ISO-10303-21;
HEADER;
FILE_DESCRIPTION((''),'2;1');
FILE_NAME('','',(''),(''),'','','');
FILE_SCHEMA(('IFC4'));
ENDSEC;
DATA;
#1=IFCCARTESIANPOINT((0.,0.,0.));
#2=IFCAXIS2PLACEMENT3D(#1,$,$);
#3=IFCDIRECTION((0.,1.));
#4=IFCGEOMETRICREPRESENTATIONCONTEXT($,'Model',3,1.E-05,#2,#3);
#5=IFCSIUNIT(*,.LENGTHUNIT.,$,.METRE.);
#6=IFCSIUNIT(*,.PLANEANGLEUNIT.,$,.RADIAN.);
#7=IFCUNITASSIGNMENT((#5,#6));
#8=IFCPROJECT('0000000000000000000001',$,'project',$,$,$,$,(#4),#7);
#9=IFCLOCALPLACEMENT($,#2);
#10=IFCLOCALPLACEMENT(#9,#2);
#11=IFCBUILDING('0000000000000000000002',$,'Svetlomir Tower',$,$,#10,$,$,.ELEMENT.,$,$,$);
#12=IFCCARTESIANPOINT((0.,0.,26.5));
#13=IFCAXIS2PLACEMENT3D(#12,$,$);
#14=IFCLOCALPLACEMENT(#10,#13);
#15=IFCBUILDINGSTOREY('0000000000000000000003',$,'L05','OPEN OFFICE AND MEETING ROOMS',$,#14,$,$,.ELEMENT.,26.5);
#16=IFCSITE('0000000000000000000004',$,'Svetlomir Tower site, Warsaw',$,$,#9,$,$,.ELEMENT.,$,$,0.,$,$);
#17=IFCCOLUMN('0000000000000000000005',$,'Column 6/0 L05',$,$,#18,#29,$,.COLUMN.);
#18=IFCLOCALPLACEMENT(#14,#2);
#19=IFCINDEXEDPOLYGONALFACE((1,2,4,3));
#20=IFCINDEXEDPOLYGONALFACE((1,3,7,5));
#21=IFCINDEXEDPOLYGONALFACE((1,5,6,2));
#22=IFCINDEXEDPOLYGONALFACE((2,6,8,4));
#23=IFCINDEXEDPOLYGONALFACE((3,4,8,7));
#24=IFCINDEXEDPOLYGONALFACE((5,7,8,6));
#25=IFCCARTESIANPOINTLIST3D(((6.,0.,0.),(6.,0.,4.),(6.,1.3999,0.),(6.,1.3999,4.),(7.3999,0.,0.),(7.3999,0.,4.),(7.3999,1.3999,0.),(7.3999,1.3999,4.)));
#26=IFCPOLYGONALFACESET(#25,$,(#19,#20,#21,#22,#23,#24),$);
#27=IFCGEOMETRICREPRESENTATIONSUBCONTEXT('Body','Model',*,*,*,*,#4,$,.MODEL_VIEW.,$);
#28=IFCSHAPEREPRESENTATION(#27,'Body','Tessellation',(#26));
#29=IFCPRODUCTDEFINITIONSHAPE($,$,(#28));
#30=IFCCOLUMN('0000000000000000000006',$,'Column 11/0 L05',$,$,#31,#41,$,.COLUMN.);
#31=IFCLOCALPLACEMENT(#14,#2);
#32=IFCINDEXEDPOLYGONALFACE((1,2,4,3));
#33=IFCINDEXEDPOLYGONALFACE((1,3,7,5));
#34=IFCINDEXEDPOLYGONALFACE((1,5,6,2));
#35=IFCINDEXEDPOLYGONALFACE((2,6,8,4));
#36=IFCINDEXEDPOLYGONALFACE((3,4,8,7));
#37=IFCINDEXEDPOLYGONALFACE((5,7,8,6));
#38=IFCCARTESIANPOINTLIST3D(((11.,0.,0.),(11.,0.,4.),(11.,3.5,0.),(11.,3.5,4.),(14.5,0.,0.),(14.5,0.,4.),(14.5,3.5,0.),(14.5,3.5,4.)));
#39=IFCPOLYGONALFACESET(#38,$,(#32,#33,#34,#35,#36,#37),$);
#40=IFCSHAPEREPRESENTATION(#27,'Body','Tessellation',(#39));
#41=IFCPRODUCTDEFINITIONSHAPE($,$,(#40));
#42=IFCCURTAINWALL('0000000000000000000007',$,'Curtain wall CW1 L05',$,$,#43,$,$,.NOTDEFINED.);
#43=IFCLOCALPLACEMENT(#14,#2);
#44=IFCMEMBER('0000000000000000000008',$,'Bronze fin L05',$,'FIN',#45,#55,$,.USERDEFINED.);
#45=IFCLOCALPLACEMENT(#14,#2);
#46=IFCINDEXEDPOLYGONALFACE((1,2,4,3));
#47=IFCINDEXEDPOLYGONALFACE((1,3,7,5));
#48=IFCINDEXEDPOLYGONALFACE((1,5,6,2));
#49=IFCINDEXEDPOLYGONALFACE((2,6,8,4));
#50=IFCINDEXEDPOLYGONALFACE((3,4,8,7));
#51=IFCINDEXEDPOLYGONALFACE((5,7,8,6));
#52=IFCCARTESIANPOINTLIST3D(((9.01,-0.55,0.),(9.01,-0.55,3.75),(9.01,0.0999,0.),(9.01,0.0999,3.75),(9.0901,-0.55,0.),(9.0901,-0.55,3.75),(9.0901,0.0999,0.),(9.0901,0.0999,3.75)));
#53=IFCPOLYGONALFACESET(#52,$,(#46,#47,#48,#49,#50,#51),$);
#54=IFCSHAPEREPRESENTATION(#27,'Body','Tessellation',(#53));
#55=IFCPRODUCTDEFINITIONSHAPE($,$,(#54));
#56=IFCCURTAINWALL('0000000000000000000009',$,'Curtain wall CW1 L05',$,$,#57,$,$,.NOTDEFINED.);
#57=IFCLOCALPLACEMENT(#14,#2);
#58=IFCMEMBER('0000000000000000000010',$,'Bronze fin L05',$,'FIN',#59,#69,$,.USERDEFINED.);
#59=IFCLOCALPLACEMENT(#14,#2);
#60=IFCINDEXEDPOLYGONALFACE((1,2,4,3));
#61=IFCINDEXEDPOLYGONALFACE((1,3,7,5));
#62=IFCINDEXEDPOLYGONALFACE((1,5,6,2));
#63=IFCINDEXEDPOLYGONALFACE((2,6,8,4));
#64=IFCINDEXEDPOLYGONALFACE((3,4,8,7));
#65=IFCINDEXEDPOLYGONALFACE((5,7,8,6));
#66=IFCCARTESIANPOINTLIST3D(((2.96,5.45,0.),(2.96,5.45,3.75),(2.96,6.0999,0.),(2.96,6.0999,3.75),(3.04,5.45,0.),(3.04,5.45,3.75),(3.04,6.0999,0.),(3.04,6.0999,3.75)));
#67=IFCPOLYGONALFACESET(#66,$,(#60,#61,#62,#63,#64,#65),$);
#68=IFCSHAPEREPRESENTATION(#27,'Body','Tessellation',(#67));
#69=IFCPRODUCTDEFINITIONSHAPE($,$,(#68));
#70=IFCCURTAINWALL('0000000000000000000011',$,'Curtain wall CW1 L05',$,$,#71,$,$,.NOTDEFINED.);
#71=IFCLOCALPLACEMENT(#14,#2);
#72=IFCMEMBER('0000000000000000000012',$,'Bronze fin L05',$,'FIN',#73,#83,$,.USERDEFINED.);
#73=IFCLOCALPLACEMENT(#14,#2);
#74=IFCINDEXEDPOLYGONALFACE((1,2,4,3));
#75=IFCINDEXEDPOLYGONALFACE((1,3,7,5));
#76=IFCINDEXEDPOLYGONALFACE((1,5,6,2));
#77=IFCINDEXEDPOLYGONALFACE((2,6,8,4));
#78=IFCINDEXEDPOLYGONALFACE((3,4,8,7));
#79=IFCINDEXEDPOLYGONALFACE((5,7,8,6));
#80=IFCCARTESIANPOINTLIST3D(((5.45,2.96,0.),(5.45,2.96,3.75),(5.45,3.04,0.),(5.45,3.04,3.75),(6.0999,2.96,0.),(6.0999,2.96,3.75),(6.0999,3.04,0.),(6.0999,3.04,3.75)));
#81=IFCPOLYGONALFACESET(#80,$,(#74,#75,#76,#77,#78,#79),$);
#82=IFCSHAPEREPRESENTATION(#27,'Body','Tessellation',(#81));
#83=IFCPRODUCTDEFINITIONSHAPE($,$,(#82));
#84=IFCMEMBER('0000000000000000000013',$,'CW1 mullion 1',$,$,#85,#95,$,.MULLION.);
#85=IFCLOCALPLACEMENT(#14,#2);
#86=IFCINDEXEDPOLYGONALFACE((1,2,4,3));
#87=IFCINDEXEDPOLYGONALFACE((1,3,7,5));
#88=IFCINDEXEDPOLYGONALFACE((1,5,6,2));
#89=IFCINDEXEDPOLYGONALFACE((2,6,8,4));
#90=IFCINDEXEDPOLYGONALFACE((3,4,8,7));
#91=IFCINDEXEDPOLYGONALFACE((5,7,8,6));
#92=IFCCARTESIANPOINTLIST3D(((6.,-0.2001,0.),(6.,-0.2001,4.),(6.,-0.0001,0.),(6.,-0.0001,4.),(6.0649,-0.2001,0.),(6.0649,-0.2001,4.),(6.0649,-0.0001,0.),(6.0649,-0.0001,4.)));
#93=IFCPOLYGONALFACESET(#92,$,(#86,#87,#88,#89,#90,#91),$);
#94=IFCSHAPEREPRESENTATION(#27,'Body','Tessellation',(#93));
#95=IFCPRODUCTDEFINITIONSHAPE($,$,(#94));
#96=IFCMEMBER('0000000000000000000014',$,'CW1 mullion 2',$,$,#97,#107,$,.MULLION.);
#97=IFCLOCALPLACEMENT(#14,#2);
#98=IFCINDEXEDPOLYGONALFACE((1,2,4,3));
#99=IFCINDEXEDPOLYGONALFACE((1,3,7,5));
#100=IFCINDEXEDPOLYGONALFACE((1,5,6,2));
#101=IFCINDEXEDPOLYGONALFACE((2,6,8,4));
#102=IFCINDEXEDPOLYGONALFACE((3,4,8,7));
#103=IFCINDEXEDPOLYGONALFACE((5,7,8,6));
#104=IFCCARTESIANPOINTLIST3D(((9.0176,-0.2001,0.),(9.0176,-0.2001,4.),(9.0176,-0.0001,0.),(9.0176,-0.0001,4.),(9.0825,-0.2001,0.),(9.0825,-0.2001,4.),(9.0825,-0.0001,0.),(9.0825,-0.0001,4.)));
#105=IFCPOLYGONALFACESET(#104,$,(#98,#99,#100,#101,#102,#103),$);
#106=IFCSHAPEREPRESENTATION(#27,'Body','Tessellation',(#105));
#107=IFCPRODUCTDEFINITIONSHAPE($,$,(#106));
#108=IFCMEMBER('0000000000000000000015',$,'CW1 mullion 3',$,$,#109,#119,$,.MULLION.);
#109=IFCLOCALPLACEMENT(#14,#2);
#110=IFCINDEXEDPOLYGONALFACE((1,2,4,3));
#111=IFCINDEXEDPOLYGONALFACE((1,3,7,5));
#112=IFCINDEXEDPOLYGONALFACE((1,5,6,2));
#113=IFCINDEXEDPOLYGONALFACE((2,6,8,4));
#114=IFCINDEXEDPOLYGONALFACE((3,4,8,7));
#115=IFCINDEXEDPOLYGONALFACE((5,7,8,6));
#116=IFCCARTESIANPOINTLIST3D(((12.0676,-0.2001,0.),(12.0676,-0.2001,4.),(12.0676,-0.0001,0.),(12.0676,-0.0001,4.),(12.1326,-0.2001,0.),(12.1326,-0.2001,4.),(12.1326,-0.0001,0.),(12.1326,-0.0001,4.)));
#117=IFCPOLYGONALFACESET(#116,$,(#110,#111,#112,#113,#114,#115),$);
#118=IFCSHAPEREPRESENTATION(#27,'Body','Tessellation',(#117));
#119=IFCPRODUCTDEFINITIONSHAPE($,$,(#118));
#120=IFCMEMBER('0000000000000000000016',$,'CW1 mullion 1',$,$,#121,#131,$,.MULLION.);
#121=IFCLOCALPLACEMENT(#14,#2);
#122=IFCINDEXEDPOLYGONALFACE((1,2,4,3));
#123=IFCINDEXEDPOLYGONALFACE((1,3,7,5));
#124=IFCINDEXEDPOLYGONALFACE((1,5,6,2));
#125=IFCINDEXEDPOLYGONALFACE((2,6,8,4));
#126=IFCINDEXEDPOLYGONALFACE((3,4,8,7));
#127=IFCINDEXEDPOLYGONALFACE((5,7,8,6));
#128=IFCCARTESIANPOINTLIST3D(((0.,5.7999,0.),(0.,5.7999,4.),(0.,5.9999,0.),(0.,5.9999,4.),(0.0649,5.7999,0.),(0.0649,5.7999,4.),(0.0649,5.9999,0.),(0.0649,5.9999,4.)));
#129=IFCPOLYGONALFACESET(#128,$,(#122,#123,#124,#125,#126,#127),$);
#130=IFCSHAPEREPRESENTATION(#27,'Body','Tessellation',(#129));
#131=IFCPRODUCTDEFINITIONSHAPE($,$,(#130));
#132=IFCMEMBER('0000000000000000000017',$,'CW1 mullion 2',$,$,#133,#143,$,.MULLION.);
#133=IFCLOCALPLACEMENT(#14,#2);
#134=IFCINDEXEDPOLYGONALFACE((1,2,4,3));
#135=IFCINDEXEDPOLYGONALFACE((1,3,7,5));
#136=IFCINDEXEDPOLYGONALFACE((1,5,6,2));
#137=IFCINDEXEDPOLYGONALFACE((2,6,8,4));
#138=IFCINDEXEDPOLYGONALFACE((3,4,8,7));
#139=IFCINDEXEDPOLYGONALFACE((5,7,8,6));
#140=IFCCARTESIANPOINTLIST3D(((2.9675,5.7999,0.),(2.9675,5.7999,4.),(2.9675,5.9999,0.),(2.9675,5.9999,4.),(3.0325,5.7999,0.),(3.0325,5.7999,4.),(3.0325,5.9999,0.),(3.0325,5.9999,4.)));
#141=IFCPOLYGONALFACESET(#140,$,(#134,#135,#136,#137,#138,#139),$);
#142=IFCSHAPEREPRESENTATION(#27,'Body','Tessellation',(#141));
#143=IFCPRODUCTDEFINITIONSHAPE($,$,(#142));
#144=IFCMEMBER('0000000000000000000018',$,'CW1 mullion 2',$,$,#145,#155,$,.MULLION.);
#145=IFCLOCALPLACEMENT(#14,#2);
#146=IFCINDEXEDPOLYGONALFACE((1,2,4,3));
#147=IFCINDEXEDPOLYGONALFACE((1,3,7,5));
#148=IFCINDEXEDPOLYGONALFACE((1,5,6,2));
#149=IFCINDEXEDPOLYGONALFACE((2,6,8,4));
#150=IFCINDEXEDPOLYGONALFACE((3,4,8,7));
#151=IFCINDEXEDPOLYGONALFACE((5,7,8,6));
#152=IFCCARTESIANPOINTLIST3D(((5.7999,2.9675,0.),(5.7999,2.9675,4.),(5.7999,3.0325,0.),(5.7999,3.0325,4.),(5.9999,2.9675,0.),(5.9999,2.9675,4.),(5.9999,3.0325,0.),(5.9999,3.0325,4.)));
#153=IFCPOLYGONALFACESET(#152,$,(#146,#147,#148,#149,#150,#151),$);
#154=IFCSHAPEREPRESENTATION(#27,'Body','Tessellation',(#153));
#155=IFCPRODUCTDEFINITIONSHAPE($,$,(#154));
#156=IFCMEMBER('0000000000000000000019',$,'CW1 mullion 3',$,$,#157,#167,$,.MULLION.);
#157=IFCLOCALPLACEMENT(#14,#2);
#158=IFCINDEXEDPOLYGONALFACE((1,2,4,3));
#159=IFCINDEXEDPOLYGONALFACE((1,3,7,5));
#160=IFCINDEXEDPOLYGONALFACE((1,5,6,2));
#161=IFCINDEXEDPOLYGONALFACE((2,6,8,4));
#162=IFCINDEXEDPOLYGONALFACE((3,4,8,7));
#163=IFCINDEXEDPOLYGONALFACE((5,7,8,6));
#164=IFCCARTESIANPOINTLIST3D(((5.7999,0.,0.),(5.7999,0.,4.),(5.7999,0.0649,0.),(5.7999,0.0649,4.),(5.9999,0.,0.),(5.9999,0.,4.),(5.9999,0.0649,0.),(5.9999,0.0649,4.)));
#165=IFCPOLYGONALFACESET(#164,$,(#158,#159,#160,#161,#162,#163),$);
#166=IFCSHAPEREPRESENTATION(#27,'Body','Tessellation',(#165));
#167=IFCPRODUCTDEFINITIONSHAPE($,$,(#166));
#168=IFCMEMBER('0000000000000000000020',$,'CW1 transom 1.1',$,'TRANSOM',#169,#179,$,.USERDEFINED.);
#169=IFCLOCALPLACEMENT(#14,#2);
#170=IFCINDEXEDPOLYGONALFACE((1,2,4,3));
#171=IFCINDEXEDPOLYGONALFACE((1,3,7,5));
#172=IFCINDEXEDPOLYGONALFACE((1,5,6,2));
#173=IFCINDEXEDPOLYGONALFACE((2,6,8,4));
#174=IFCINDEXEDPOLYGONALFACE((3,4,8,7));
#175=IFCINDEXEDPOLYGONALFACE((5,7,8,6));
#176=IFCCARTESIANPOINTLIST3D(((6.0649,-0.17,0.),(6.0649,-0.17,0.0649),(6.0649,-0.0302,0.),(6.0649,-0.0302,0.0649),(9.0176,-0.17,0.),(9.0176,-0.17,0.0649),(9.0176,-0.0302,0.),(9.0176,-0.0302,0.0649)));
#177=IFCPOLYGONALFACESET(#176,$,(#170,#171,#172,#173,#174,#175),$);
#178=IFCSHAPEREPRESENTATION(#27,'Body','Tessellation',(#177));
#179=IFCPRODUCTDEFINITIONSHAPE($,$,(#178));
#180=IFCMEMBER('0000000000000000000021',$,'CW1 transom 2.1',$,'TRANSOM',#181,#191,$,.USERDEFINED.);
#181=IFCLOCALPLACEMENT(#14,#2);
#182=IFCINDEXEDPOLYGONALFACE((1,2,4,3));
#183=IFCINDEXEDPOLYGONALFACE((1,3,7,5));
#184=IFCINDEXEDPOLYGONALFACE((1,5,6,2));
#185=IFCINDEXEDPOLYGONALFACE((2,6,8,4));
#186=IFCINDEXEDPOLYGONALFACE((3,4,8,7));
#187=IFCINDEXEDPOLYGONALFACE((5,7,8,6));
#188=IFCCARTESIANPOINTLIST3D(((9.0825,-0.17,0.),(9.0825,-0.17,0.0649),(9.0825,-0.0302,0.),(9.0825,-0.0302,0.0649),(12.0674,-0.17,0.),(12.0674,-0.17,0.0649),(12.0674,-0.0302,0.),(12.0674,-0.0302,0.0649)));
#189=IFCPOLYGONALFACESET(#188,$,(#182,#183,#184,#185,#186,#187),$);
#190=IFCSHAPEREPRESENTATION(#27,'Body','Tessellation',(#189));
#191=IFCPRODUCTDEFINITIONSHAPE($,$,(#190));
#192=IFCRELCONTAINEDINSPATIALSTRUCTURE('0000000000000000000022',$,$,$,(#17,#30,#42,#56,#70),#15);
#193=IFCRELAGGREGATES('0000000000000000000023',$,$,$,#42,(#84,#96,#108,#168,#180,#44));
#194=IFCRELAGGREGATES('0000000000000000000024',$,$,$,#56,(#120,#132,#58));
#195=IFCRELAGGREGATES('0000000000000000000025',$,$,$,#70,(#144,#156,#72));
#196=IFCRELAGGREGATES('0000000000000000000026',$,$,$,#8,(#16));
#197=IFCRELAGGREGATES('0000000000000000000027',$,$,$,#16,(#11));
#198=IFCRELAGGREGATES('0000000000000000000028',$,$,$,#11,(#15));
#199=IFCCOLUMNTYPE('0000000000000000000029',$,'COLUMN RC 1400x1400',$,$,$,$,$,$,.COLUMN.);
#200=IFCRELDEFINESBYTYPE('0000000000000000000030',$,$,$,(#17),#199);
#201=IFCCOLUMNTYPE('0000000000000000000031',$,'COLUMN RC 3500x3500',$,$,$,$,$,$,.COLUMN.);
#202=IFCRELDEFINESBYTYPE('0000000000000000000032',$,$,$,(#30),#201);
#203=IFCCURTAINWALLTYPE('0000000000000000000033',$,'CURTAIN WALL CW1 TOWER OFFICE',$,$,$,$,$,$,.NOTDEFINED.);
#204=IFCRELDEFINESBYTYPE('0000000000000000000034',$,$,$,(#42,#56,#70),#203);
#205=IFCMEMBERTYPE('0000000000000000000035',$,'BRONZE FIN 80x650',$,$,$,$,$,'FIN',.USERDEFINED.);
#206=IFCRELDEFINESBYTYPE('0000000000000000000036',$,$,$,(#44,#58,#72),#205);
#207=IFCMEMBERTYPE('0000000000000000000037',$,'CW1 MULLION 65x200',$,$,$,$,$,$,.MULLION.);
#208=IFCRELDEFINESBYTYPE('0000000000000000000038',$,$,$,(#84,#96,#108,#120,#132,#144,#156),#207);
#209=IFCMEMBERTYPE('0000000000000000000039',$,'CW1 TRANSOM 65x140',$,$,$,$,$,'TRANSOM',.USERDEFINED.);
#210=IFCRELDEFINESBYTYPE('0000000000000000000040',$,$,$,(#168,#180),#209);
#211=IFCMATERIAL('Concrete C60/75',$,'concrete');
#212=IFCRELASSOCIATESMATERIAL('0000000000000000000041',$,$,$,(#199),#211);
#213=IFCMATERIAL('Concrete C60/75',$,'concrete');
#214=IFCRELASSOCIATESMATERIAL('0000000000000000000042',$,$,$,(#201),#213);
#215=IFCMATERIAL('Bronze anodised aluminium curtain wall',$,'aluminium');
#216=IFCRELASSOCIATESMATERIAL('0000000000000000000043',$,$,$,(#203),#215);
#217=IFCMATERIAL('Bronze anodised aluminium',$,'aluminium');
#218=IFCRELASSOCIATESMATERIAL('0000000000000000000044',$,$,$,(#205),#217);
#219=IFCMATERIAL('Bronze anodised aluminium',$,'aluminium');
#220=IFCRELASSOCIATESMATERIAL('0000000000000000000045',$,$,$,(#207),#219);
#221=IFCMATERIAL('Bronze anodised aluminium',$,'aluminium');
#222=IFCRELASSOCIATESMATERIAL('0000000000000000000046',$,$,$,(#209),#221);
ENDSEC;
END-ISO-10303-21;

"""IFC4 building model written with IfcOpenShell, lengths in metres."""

from ifc_helpers import new_model, si_unit, direction, frame, origin, origin_2d, place, context, subcontext, project, spatial, rectangle, extrude, material, material_profile, profile_set, type_object, element, aggregate, save


model = new_model("IFC4")

# Units and contexts
model_context = context("Model", 3, precision=1e-05, world=origin(), true_north=direction((0.0, 1.0)))
body_context = subcontext(model_context, "Body", "Model", "MODEL_VIEW")
ifc_project = project(units=[si_unit("LENGTHUNIT", "METRE"), si_unit("PLANEANGLEUNIT", "RADIAN")], contexts=[model_context])

# Site, building, storey
site_placement = place(None, origin())
site = spatial("IfcSite", under=ifc_project, at=site_placement, Name="Svetlomir Tower site, Warsaw", CompositionType="ELEMENT", RefElevation=0.0)
building_placement = place(site_placement, origin())
building = spatial("IfcBuilding", under=site, at=building_placement, Name="Svetlomir Tower", CompositionType="ELEMENT")
storey_placement = place(building_placement, frame((0.0, 0.0, 26.5)))
storey = spatial("IfcBuildingStorey", under=building, at=storey_placement, Name="L05", Description="OPEN OFFICE AND MEETING ROOMS", CompositionType="ELEMENT", Elevation=26.5)

# Columns
ifc_material_1 = material(Name="Concrete C60/75", Category="concrete")
ifc_material_profile_1 = material_profile(ifc_material_1, rectangle(XDim=1.3999, YDim=1.3999, at=origin_2d()), Name="RC 1400x1400")
ifc_profile_set_1 = profile_set([ifc_material_profile_1], Name="Concrete C60/75")
column_type_1 = type_object("IfcColumnType", Name="COLUMN RC 1400x1400", PredefinedType="COLUMN", material=ifc_profile_set_1)
column_1_placement = place(storey_placement, frame((6.7, 0.7, 0.0), z_axis=(0.0, 0.0, 1.0), x_axis=(1.0, 0.0, 0.0)))
element("IfcColumn", 1, at=column_1_placement, inside=storey, type_object=column_type_1, Name="Column 6/0 L05", PredefinedType="COLUMN", context=body_context, shape_type="SweptSolid", body=[
    extrude(rectangle(XDim=1.3999, YDim=1.3999, at=origin_2d()), origin(), (0.0, 0.0, 1.0), 4.0),
])
ifc_material_2 = material(Name="Concrete C60/75", Category="concrete")
ifc_material_profile_2 = material_profile(ifc_material_2, rectangle(XDim=3.5, YDim=3.5, at=origin_2d()), Name="RC 3500x3500")
ifc_profile_set_2 = profile_set([ifc_material_profile_2], Name="Concrete C60/75")
column_type_2 = type_object("IfcColumnType", Name="COLUMN RC 3500x3500", PredefinedType="COLUMN", material=ifc_profile_set_2)
column_2_placement = place(storey_placement, frame((12.75, 1.75, 0.0), z_axis=(0.0, 0.0, 1.0), x_axis=(1.0, 0.0, 0.0)))
element("IfcColumn", 2, at=column_2_placement, inside=storey, type_object=column_type_2, Name="Column 11/0 L05", PredefinedType="COLUMN", context=body_context, shape_type="SweptSolid", body=[
    extrude(rectangle(XDim=3.5, YDim=3.5, at=origin_2d()), origin(), (0.0, 0.0, 1.0), 4.0),
])

# Curtain walls, members
ifc_material_3 = material(Name="Bronze anodised aluminium curtain wall", Category="aluminium")
curtain_wall_type = type_object("IfcCurtainWallType", Name="CURTAIN WALL CW1 TOWER OFFICE", PredefinedType="NOTDEFINED", material=ifc_material_3)
curtain_wall_1_placement = place(storey_placement, origin())
curtain_wall_1 = element("IfcCurtainWall", 3, at=curtain_wall_1_placement, inside=storey, type_object=curtain_wall_type, Name="Curtain wall CW1 L05", PredefinedType="NOTDEFINED")
ifc_material_4 = material(Name="Bronze anodised aluminium", Category="aluminium")
ifc_material_profile_3 = material_profile(ifc_material_4, rectangle(XDim=0.0801, YDim=0.6499, at=origin_2d()), Name="FIN 80x650")
ifc_profile_set_3 = profile_set([ifc_material_profile_3], Name="Bronze anodised aluminium 6063-T6")
member_type_1 = type_object("IfcMemberType", Name="BRONZE FIN 80x650", ElementType="FIN", PredefinedType="USERDEFINED", material=ifc_profile_set_3)
member_1_placement = place(storey_placement, frame((9.05, -0.2251, 0.0), z_axis=(0.0, 0.0, 1.0), x_axis=(1.0, 0.0, 0.0)))
member_1 = element("IfcMember", 4, at=member_1_placement, type_object=member_type_1, Name="Bronze fin L05", ObjectType="FIN", PredefinedType="USERDEFINED", context=body_context, shape_type="SweptSolid", body=[
    extrude(rectangle(XDim=0.0801, YDim=0.6499, at=origin_2d()), origin(), (0.0, 0.0, 1.0), 3.75),
])
curtain_wall_2_placement = place(storey_placement, origin())
curtain_wall_2 = element("IfcCurtainWall", 5, at=curtain_wall_2_placement, inside=storey, type_object=curtain_wall_type, Name="Curtain wall CW1 L05", PredefinedType="NOTDEFINED")
member_2_placement = place(storey_placement, frame((3.0, 5.7749, 0.0), z_axis=(0.0, 0.0, 1.0), x_axis=(1.0, 0.0, 0.0)))
member_2 = element("IfcMember", 6, at=member_2_placement, type_object=member_type_1, Name="Bronze fin L05", ObjectType="FIN", PredefinedType="USERDEFINED", context=body_context, shape_type="SweptSolid", body=[
    extrude(rectangle(XDim=0.0801, YDim=0.6499, at=origin_2d()), origin(), (0.0, 0.0, 1.0), 3.75),
])
curtain_wall_3_placement = place(storey_placement, origin())
curtain_wall_3 = element("IfcCurtainWall", 7, at=curtain_wall_3_placement, inside=storey, type_object=curtain_wall_type, Name="Curtain wall CW1 L05", PredefinedType="NOTDEFINED")
member_3_placement = place(storey_placement, frame((5.7749, 3.0, 0.0), z_axis=(0.0, 0.0, 1.0), x_axis=(0.0, 1.0, 0.0)))
member_3 = element("IfcMember", 8, at=member_3_placement, type_object=member_type_1, Name="Bronze fin L05", ObjectType="FIN", PredefinedType="USERDEFINED", context=body_context, shape_type="SweptSolid", body=[
    extrude(rectangle(XDim=0.0801, YDim=0.6499, at=origin_2d()), origin(), (0.0, 0.0, 1.0), 3.75),
])

# Members
ifc_material_5 = material(Name="Bronze anodised aluminium", Category="aluminium")
ifc_material_profile_4 = material_profile(ifc_material_5, rectangle(XDim=0.0649, YDim=0.2, at=origin_2d()), Name="AL 65x200")
ifc_profile_set_4 = profile_set([ifc_material_profile_4], Name="Bronze anodised aluminium 6063-T6")
member_type_2 = type_object("IfcMemberType", Name="CW1 MULLION 65x200", PredefinedType="MULLION", material=ifc_profile_set_4)
member_4_placement = place(storey_placement, frame((6.0325, -0.1001, 0.0), z_axis=(0.0, 0.0, 1.0), x_axis=(1.0, 0.0, 0.0)))
member_4 = element("IfcMember", 9, at=member_4_placement, type_object=member_type_2, Name="CW1 mullion 1", PredefinedType="MULLION", context=body_context, shape_type="SweptSolid", body=[
    extrude(rectangle(XDim=0.0649, YDim=0.2, at=origin_2d()), origin(), (0.0, 0.0, 1.0), 4.0),
])
member_5_placement = place(storey_placement, frame((9.05, -0.1001, 0.0), z_axis=(0.0, 0.0, 1.0), x_axis=(1.0, 0.0, 0.0)))
member_5 = element("IfcMember", 10, at=member_5_placement, type_object=member_type_2, Name="CW1 mullion 2", PredefinedType="MULLION", context=body_context, shape_type="SweptSolid", body=[
    extrude(rectangle(XDim=0.0649, YDim=0.2, at=origin_2d()), origin(), (0.0, 0.0, 1.0), 4.0),
])
member_6_placement = place(storey_placement, frame((12.1001, -0.1001, 0.0), z_axis=(0.0, 0.0, 1.0), x_axis=(1.0, 0.0, 0.0)))
member_6 = element("IfcMember", 11, at=member_6_placement, type_object=member_type_2, Name="CW1 mullion 3", PredefinedType="MULLION", context=body_context, shape_type="SweptSolid", body=[
    extrude(rectangle(XDim=0.0649, YDim=0.2, at=origin_2d()), origin(), (0.0, 0.0, 1.0), 4.0),
])
member_7_placement = place(storey_placement, frame((0.0325, 5.8999, 0.0), z_axis=(0.0, 0.0, 1.0), x_axis=(1.0, 0.0, 0.0)))
member_7 = element("IfcMember", 12, at=member_7_placement, type_object=member_type_2, Name="CW1 mullion 1", PredefinedType="MULLION", context=body_context, shape_type="SweptSolid", body=[
    extrude(rectangle(XDim=0.0649, YDim=0.2, at=origin_2d()), origin(), (0.0, 0.0, 1.0), 4.0),
])
member_8_placement = place(storey_placement, frame((3.0, 5.8999, 0.0), z_axis=(0.0, 0.0, 1.0), x_axis=(1.0, 0.0, 0.0)))
member_8 = element("IfcMember", 13, at=member_8_placement, type_object=member_type_2, Name="CW1 mullion 2", PredefinedType="MULLION", context=body_context, shape_type="SweptSolid", body=[
    extrude(rectangle(XDim=0.0649, YDim=0.2, at=origin_2d()), origin(), (0.0, 0.0, 1.0), 4.0),
])
member_9_placement = place(storey_placement, frame((5.8999, 3.0, 0.0), z_axis=(0.0, 0.0, 1.0), x_axis=(0.0, -1.0, 0.0)))
member_9 = element("IfcMember", 14, at=member_9_placement, type_object=member_type_2, Name="CW1 mullion 2", PredefinedType="MULLION", context=body_context, shape_type="SweptSolid", body=[
    extrude(rectangle(XDim=0.0649, YDim=0.2, at=origin_2d()), origin(), (0.0, 0.0, 1.0), 4.0),
])
member_10_placement = place(storey_placement, frame((5.8999, 0.0325, 0.0), z_axis=(0.0, 0.0, 1.0), x_axis=(0.0, -1.0, 0.0)))
member_10 = element("IfcMember", 15, at=member_10_placement, type_object=member_type_2, Name="CW1 mullion 3", PredefinedType="MULLION", context=body_context, shape_type="SweptSolid", body=[
    extrude(rectangle(XDim=0.0649, YDim=0.2, at=origin_2d()), origin(), (0.0, 0.0, 1.0), 4.0),
])
ifc_material_6 = material(Name="Bronze anodised aluminium", Category="aluminium")
ifc_material_profile_5 = material_profile(ifc_material_6, rectangle(XDim=0.1399, YDim=0.0649, at=origin_2d()), Name="AL 140x65")
ifc_profile_set_5 = profile_set([ifc_material_profile_5], Name="Bronze anodised aluminium 6063-T6")
member_type_3 = type_object("IfcMemberType", Name="CW1 TRANSOM 65x140", ElementType="TRANSOM", PredefinedType="USERDEFINED", material=ifc_profile_set_5)
member_11_placement = place(storey_placement, frame((6.0649, -0.1001, 0.0325), z_axis=(1.0, 0.0, 0.0), x_axis=(0.0, 1.0, 0.0)))
member_11 = element("IfcMember", 16, at=member_11_placement, type_object=member_type_3, Name="CW1 transom 1.1", ObjectType="TRANSOM", PredefinedType="USERDEFINED", context=body_context, shape_type="SweptSolid", body=[
    extrude(rectangle(XDim=0.1399, YDim=0.0649, at=origin_2d()), origin(), (0.0, 0.0, 1.0), 2.9526),
])
member_12_placement = place(storey_placement, frame((9.0825, -0.1001, 0.0325), z_axis=(1.0, 0.0, 0.0), x_axis=(0.0, 1.0, 0.0)))
member_12 = element("IfcMember", 17, at=member_12_placement, type_object=member_type_3, Name="CW1 transom 2.1", ObjectType="TRANSOM", PredefinedType="USERDEFINED", context=body_context, shape_type="SweptSolid", body=[
    extrude(rectangle(XDim=0.1399, YDim=0.0649, at=origin_2d()), origin(), (0.0, 0.0, 1.0), 2.9849),
])

aggregate(curtain_wall_1, [member_4, member_5, member_6, member_11, member_12, member_1])
aggregate(curtain_wall_2, [member_7, member_8, member_2])
aggregate(curtain_wall_3, [member_9, member_10, member_3])

save(model, "model.ifc")
